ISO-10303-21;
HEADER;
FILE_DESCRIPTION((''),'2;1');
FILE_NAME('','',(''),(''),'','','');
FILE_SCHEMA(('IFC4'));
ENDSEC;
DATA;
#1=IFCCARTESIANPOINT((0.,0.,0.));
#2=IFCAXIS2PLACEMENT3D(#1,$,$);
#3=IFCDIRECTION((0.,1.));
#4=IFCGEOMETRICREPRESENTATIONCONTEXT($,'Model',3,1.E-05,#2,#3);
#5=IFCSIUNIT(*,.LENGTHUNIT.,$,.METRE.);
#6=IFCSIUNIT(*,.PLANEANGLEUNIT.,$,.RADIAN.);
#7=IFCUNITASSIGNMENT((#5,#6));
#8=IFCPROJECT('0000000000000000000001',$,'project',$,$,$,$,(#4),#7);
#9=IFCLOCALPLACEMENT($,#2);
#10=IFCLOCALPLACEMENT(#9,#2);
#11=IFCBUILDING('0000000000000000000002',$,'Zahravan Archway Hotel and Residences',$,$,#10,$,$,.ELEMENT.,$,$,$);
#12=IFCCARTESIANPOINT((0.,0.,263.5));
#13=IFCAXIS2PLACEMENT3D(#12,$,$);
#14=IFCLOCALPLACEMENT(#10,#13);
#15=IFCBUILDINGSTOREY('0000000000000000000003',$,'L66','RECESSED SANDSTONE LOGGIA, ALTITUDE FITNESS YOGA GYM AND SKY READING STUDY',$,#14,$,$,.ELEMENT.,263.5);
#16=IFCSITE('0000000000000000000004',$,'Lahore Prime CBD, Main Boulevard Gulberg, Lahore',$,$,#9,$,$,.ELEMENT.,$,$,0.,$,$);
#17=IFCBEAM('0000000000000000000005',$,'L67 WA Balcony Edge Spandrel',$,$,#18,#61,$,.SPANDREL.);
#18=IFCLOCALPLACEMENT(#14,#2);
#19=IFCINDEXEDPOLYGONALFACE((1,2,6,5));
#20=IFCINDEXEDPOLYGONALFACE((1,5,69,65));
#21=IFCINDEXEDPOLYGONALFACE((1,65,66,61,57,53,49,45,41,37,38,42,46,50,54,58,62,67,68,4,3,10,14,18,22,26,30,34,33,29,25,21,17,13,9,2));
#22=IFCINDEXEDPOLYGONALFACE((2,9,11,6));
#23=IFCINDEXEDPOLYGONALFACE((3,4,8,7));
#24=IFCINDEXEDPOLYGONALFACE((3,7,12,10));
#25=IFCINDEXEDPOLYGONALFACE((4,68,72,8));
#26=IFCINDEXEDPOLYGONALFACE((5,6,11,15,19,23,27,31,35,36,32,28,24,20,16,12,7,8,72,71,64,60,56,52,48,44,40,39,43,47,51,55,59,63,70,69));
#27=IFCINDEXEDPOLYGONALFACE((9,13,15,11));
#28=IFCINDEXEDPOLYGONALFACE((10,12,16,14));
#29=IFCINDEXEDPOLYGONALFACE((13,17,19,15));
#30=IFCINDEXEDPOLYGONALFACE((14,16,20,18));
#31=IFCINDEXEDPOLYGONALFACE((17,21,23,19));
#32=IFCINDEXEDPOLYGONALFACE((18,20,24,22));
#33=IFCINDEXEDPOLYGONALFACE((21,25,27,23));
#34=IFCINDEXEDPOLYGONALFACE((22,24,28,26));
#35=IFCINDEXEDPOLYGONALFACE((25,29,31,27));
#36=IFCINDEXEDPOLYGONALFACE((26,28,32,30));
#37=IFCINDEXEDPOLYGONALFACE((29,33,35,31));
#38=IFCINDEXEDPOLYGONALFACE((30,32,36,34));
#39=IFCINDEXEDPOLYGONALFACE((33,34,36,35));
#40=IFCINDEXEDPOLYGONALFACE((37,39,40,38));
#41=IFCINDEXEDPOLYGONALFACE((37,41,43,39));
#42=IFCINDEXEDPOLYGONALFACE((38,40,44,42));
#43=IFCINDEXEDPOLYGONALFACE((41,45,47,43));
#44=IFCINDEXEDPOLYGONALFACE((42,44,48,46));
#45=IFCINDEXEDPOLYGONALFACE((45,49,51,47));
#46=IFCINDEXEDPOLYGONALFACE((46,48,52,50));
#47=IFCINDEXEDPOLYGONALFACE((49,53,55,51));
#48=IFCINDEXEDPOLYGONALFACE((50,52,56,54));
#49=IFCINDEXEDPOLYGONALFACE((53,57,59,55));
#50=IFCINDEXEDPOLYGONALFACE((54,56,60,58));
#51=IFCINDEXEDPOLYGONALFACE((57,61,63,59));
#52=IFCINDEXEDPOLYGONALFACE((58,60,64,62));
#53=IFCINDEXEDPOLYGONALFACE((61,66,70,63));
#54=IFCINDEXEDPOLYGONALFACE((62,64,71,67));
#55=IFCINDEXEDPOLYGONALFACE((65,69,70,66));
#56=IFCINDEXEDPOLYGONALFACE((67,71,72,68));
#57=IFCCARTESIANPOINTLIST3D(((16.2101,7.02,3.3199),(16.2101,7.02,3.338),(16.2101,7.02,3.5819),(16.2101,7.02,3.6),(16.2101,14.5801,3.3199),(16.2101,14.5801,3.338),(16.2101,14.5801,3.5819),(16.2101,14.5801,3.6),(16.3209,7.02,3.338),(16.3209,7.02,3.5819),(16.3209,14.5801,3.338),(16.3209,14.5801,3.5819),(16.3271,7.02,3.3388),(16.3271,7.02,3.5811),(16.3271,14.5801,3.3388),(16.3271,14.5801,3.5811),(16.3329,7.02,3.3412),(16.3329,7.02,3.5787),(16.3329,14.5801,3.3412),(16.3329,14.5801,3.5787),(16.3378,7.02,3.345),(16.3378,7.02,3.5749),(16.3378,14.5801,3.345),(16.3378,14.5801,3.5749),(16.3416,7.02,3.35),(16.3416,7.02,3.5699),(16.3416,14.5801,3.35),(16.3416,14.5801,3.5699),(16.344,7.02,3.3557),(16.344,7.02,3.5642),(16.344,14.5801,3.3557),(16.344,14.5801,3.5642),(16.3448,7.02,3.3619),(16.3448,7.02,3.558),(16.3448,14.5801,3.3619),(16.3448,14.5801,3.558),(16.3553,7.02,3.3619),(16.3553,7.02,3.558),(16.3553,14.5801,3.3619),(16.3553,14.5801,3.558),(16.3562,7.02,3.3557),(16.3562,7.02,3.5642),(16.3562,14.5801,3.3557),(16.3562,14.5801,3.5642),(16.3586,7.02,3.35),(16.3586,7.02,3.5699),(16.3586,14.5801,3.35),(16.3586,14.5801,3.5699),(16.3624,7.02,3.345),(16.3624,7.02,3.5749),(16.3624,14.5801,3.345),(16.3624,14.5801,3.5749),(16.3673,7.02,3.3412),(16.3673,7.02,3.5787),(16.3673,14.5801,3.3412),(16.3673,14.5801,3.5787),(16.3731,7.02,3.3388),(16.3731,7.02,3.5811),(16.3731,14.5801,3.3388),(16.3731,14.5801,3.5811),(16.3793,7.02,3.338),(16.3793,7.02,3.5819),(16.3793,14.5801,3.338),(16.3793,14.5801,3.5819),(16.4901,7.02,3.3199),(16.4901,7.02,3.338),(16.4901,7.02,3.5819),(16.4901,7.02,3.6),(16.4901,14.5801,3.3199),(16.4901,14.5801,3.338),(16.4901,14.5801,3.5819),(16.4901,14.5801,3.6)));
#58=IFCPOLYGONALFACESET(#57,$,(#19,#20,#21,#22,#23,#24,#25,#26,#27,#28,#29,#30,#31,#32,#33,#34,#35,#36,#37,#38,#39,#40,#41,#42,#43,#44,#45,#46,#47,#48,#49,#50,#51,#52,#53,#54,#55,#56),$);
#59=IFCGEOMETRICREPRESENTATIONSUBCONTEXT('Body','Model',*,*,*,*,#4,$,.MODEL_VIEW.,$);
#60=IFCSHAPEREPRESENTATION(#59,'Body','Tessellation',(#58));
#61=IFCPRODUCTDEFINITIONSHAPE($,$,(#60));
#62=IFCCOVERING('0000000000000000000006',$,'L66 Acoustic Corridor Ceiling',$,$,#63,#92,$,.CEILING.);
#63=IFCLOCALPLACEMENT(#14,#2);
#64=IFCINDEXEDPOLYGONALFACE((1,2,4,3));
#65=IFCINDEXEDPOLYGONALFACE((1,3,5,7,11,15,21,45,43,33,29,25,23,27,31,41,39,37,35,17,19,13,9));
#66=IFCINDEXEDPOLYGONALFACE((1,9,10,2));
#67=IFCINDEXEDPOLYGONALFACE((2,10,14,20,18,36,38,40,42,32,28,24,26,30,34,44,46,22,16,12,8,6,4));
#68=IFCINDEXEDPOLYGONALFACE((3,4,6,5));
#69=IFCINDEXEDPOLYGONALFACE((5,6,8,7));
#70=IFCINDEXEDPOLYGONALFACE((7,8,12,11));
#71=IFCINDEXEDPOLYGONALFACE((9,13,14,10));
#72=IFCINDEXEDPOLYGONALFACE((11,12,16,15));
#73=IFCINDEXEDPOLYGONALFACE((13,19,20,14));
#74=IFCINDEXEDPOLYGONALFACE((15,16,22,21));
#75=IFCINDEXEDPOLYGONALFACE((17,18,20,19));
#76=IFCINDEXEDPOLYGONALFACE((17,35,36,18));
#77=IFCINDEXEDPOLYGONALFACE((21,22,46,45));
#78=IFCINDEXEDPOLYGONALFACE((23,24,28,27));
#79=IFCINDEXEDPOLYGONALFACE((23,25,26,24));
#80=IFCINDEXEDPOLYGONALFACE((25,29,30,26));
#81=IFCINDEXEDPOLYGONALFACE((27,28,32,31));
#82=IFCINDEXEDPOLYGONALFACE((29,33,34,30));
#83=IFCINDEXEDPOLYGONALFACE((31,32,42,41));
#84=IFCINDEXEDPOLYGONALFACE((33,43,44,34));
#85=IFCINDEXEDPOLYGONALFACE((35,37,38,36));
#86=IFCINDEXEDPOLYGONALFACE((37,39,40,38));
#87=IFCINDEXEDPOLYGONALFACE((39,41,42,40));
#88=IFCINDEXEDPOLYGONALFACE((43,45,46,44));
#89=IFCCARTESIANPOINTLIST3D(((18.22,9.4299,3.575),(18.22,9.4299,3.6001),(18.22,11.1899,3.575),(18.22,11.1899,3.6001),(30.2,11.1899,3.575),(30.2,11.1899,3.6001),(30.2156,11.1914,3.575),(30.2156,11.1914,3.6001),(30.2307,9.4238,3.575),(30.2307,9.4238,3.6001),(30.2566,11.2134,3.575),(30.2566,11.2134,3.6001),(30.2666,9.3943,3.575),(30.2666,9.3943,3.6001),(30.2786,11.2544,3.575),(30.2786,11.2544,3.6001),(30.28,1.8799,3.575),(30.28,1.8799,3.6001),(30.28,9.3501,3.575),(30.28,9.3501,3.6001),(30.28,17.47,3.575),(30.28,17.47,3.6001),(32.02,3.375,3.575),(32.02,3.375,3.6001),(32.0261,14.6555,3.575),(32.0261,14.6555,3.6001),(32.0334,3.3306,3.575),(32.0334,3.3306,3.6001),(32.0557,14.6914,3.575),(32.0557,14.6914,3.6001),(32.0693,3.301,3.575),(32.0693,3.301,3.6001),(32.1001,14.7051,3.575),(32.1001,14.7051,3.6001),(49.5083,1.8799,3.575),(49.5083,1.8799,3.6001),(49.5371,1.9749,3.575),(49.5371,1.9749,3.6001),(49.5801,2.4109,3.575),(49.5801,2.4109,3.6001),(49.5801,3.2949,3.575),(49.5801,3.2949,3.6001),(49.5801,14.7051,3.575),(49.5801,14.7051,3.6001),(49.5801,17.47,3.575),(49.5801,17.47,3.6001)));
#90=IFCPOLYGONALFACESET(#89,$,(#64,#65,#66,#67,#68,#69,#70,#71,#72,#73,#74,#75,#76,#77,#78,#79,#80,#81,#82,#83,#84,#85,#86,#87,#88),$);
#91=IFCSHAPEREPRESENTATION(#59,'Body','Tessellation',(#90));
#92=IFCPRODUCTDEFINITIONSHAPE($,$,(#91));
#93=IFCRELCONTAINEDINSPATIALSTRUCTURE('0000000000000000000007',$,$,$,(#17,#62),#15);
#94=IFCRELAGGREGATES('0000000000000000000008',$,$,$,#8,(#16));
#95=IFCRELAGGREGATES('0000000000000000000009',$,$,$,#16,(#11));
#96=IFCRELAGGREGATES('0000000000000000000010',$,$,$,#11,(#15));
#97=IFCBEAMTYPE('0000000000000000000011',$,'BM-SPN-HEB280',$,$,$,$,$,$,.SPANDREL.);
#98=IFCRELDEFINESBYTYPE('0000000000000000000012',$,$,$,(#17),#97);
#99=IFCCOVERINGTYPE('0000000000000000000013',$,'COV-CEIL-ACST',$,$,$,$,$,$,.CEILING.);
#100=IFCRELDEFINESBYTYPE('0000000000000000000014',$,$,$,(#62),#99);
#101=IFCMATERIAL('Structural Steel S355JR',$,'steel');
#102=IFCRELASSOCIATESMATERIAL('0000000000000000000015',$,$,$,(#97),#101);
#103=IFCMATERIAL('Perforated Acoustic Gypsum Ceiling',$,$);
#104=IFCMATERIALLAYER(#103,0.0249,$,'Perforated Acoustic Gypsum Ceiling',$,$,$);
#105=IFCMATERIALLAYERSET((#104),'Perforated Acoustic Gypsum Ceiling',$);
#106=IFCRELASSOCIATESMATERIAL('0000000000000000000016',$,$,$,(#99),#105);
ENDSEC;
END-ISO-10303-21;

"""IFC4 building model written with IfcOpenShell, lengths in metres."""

from ifc_helpers import new_model, si_unit, direction, frame, origin, origin_2d, place, context, subcontext, project, spatial, polyline, i_section, outline, extrude, source, transform, mapped, material, layer, layer_set, material_profile, profile_set, type_object, type_shapes, element, save


model = new_model("IFC4")

# Units and contexts
model_context = context("Model", 3, precision=1e-05, world=origin(), true_north=direction((0.0, 1.0)))
body_context = subcontext(model_context, "Body", "Model", "MODEL_VIEW")
ifc_project = project(units=[si_unit("LENGTHUNIT", "METRE"), si_unit("PLANEANGLEUNIT", "RADIAN")], contexts=[model_context])

# Site, building, storey
site_placement = place(None, origin())
site = spatial("IfcSite", under=ifc_project, at=site_placement, Name="Lahore Prime CBD, Main Boulevard Gulberg, Lahore", CompositionType="ELEMENT", RefElevation=0.0)
building_placement = place(site_placement, origin())
building = spatial("IfcBuilding", under=site, at=building_placement, Name="Zahravan Archway Hotel and Residences", CompositionType="ELEMENT")
storey_placement = place(building_placement, frame((0.0, 0.0, 263.5)))
storey = spatial("IfcBuildingStorey", under=building, at=storey_placement, Name="L66", Description="RECESSED SANDSTONE LOGGIA, ALTITUDE FITNESS YOGA GYM AND SKY READING STUDY", CompositionType="ELEMENT", Elevation=263.5)

# Beam
ifc_material_1 = material(Name="Structural Steel S355JR", Category="steel")
ifc_material_profile = material_profile(ifc_material_1, i_section(OverallWidth=0.28, OverallDepth=0.28, WebThickness=0.0105, FlangeThickness=0.0181, FilletRadius=0.0239, at=origin_2d()), Name="HEB 280", Category="steel")
ifc_profile_set = profile_set([ifc_material_profile], Name="Structural Steel S355JR")
beam_type = type_object("IfcBeamType", Name="BM-SPN-HEB280", PredefinedType="SPANDREL", material=ifc_profile_set)
shared_shape_1 = source(origin(), body_context, "Body", "SweptSolid", [
    extrude(i_section(OverallWidth=0.28, OverallDepth=0.28, WebThickness=0.0105, FlangeThickness=0.0181, FilletRadius=0.0239, at=origin_2d()), origin(), (0.0, 0.0, 1.0), 7.5601),
])
type_shapes(beam_type, [shared_shape_1])
beam_placement = place(storey_placement, frame((16.3501, 7.02, 3.46), z_axis=(0.0, 1.0, 0.0), x_axis=(-1.0, 0.0, 0.0)))
element("IfcBeam", 1, at=beam_placement, inside=storey, type_object=beam_type, Name="L67 WA Balcony Edge Spandrel", PredefinedType="SPANDREL", context=body_context, shape_type="MappedRepresentation", body=[
    mapped(shared_shape_1, transform((0.0, 0.0, 0.0), scale=1.0)),
])

# Covering
ifc_material_2 = material(Name="Perforated Acoustic Gypsum Ceiling")
ifc_layer_1 = layer(ifc_material_2, 0.0249, Name="Perforated Acoustic Gypsum Ceiling")
ifc_layer_set_1 = layer_set([ifc_layer_1], Name="Perforated Acoustic Gypsum Ceiling")
covering_type = type_object("IfcCoveringType", Name="COV-CEIL-ACST", PredefinedType="CEILING", material=ifc_layer_set_1)
covering_placement = place(storey_placement, frame((0.0, 0.0, 3.575)))
element("IfcCovering", 2, at=covering_placement, inside=storey, type_object=covering_type, Name="L66 Acoustic Corridor Ceiling", PredefinedType="CEILING", context=body_context, shape_type="SweptSolid", body=[
    extrude(outline(polyline([(30.2156, 11.1914), (30.2566, 11.2134), (30.2786, 11.2544), (30.28, 17.47), (49.5801, 17.47), (49.5801, 14.7051), (32.1001, 14.7051), (32.0557, 14.6914), (32.0261, 14.6555), (32.02, 3.375), (32.0334, 3.3306), (32.0693, 3.301), (49.5801, 3.2949), (49.5801, 2.4109), (49.5371, 1.9749), (49.5083, 1.8799), (30.28, 1.8799), (30.28, 9.3501), (30.2666, 9.3943), (30.2307, 9.4238), (18.22, 9.4299), (18.22, 11.1899), (30.2, 11.1899), (30.2156, 11.1914)])), origin(), (0.0, 0.0, 1.0), 0.0251),
])

save(model, "model.ifc")
